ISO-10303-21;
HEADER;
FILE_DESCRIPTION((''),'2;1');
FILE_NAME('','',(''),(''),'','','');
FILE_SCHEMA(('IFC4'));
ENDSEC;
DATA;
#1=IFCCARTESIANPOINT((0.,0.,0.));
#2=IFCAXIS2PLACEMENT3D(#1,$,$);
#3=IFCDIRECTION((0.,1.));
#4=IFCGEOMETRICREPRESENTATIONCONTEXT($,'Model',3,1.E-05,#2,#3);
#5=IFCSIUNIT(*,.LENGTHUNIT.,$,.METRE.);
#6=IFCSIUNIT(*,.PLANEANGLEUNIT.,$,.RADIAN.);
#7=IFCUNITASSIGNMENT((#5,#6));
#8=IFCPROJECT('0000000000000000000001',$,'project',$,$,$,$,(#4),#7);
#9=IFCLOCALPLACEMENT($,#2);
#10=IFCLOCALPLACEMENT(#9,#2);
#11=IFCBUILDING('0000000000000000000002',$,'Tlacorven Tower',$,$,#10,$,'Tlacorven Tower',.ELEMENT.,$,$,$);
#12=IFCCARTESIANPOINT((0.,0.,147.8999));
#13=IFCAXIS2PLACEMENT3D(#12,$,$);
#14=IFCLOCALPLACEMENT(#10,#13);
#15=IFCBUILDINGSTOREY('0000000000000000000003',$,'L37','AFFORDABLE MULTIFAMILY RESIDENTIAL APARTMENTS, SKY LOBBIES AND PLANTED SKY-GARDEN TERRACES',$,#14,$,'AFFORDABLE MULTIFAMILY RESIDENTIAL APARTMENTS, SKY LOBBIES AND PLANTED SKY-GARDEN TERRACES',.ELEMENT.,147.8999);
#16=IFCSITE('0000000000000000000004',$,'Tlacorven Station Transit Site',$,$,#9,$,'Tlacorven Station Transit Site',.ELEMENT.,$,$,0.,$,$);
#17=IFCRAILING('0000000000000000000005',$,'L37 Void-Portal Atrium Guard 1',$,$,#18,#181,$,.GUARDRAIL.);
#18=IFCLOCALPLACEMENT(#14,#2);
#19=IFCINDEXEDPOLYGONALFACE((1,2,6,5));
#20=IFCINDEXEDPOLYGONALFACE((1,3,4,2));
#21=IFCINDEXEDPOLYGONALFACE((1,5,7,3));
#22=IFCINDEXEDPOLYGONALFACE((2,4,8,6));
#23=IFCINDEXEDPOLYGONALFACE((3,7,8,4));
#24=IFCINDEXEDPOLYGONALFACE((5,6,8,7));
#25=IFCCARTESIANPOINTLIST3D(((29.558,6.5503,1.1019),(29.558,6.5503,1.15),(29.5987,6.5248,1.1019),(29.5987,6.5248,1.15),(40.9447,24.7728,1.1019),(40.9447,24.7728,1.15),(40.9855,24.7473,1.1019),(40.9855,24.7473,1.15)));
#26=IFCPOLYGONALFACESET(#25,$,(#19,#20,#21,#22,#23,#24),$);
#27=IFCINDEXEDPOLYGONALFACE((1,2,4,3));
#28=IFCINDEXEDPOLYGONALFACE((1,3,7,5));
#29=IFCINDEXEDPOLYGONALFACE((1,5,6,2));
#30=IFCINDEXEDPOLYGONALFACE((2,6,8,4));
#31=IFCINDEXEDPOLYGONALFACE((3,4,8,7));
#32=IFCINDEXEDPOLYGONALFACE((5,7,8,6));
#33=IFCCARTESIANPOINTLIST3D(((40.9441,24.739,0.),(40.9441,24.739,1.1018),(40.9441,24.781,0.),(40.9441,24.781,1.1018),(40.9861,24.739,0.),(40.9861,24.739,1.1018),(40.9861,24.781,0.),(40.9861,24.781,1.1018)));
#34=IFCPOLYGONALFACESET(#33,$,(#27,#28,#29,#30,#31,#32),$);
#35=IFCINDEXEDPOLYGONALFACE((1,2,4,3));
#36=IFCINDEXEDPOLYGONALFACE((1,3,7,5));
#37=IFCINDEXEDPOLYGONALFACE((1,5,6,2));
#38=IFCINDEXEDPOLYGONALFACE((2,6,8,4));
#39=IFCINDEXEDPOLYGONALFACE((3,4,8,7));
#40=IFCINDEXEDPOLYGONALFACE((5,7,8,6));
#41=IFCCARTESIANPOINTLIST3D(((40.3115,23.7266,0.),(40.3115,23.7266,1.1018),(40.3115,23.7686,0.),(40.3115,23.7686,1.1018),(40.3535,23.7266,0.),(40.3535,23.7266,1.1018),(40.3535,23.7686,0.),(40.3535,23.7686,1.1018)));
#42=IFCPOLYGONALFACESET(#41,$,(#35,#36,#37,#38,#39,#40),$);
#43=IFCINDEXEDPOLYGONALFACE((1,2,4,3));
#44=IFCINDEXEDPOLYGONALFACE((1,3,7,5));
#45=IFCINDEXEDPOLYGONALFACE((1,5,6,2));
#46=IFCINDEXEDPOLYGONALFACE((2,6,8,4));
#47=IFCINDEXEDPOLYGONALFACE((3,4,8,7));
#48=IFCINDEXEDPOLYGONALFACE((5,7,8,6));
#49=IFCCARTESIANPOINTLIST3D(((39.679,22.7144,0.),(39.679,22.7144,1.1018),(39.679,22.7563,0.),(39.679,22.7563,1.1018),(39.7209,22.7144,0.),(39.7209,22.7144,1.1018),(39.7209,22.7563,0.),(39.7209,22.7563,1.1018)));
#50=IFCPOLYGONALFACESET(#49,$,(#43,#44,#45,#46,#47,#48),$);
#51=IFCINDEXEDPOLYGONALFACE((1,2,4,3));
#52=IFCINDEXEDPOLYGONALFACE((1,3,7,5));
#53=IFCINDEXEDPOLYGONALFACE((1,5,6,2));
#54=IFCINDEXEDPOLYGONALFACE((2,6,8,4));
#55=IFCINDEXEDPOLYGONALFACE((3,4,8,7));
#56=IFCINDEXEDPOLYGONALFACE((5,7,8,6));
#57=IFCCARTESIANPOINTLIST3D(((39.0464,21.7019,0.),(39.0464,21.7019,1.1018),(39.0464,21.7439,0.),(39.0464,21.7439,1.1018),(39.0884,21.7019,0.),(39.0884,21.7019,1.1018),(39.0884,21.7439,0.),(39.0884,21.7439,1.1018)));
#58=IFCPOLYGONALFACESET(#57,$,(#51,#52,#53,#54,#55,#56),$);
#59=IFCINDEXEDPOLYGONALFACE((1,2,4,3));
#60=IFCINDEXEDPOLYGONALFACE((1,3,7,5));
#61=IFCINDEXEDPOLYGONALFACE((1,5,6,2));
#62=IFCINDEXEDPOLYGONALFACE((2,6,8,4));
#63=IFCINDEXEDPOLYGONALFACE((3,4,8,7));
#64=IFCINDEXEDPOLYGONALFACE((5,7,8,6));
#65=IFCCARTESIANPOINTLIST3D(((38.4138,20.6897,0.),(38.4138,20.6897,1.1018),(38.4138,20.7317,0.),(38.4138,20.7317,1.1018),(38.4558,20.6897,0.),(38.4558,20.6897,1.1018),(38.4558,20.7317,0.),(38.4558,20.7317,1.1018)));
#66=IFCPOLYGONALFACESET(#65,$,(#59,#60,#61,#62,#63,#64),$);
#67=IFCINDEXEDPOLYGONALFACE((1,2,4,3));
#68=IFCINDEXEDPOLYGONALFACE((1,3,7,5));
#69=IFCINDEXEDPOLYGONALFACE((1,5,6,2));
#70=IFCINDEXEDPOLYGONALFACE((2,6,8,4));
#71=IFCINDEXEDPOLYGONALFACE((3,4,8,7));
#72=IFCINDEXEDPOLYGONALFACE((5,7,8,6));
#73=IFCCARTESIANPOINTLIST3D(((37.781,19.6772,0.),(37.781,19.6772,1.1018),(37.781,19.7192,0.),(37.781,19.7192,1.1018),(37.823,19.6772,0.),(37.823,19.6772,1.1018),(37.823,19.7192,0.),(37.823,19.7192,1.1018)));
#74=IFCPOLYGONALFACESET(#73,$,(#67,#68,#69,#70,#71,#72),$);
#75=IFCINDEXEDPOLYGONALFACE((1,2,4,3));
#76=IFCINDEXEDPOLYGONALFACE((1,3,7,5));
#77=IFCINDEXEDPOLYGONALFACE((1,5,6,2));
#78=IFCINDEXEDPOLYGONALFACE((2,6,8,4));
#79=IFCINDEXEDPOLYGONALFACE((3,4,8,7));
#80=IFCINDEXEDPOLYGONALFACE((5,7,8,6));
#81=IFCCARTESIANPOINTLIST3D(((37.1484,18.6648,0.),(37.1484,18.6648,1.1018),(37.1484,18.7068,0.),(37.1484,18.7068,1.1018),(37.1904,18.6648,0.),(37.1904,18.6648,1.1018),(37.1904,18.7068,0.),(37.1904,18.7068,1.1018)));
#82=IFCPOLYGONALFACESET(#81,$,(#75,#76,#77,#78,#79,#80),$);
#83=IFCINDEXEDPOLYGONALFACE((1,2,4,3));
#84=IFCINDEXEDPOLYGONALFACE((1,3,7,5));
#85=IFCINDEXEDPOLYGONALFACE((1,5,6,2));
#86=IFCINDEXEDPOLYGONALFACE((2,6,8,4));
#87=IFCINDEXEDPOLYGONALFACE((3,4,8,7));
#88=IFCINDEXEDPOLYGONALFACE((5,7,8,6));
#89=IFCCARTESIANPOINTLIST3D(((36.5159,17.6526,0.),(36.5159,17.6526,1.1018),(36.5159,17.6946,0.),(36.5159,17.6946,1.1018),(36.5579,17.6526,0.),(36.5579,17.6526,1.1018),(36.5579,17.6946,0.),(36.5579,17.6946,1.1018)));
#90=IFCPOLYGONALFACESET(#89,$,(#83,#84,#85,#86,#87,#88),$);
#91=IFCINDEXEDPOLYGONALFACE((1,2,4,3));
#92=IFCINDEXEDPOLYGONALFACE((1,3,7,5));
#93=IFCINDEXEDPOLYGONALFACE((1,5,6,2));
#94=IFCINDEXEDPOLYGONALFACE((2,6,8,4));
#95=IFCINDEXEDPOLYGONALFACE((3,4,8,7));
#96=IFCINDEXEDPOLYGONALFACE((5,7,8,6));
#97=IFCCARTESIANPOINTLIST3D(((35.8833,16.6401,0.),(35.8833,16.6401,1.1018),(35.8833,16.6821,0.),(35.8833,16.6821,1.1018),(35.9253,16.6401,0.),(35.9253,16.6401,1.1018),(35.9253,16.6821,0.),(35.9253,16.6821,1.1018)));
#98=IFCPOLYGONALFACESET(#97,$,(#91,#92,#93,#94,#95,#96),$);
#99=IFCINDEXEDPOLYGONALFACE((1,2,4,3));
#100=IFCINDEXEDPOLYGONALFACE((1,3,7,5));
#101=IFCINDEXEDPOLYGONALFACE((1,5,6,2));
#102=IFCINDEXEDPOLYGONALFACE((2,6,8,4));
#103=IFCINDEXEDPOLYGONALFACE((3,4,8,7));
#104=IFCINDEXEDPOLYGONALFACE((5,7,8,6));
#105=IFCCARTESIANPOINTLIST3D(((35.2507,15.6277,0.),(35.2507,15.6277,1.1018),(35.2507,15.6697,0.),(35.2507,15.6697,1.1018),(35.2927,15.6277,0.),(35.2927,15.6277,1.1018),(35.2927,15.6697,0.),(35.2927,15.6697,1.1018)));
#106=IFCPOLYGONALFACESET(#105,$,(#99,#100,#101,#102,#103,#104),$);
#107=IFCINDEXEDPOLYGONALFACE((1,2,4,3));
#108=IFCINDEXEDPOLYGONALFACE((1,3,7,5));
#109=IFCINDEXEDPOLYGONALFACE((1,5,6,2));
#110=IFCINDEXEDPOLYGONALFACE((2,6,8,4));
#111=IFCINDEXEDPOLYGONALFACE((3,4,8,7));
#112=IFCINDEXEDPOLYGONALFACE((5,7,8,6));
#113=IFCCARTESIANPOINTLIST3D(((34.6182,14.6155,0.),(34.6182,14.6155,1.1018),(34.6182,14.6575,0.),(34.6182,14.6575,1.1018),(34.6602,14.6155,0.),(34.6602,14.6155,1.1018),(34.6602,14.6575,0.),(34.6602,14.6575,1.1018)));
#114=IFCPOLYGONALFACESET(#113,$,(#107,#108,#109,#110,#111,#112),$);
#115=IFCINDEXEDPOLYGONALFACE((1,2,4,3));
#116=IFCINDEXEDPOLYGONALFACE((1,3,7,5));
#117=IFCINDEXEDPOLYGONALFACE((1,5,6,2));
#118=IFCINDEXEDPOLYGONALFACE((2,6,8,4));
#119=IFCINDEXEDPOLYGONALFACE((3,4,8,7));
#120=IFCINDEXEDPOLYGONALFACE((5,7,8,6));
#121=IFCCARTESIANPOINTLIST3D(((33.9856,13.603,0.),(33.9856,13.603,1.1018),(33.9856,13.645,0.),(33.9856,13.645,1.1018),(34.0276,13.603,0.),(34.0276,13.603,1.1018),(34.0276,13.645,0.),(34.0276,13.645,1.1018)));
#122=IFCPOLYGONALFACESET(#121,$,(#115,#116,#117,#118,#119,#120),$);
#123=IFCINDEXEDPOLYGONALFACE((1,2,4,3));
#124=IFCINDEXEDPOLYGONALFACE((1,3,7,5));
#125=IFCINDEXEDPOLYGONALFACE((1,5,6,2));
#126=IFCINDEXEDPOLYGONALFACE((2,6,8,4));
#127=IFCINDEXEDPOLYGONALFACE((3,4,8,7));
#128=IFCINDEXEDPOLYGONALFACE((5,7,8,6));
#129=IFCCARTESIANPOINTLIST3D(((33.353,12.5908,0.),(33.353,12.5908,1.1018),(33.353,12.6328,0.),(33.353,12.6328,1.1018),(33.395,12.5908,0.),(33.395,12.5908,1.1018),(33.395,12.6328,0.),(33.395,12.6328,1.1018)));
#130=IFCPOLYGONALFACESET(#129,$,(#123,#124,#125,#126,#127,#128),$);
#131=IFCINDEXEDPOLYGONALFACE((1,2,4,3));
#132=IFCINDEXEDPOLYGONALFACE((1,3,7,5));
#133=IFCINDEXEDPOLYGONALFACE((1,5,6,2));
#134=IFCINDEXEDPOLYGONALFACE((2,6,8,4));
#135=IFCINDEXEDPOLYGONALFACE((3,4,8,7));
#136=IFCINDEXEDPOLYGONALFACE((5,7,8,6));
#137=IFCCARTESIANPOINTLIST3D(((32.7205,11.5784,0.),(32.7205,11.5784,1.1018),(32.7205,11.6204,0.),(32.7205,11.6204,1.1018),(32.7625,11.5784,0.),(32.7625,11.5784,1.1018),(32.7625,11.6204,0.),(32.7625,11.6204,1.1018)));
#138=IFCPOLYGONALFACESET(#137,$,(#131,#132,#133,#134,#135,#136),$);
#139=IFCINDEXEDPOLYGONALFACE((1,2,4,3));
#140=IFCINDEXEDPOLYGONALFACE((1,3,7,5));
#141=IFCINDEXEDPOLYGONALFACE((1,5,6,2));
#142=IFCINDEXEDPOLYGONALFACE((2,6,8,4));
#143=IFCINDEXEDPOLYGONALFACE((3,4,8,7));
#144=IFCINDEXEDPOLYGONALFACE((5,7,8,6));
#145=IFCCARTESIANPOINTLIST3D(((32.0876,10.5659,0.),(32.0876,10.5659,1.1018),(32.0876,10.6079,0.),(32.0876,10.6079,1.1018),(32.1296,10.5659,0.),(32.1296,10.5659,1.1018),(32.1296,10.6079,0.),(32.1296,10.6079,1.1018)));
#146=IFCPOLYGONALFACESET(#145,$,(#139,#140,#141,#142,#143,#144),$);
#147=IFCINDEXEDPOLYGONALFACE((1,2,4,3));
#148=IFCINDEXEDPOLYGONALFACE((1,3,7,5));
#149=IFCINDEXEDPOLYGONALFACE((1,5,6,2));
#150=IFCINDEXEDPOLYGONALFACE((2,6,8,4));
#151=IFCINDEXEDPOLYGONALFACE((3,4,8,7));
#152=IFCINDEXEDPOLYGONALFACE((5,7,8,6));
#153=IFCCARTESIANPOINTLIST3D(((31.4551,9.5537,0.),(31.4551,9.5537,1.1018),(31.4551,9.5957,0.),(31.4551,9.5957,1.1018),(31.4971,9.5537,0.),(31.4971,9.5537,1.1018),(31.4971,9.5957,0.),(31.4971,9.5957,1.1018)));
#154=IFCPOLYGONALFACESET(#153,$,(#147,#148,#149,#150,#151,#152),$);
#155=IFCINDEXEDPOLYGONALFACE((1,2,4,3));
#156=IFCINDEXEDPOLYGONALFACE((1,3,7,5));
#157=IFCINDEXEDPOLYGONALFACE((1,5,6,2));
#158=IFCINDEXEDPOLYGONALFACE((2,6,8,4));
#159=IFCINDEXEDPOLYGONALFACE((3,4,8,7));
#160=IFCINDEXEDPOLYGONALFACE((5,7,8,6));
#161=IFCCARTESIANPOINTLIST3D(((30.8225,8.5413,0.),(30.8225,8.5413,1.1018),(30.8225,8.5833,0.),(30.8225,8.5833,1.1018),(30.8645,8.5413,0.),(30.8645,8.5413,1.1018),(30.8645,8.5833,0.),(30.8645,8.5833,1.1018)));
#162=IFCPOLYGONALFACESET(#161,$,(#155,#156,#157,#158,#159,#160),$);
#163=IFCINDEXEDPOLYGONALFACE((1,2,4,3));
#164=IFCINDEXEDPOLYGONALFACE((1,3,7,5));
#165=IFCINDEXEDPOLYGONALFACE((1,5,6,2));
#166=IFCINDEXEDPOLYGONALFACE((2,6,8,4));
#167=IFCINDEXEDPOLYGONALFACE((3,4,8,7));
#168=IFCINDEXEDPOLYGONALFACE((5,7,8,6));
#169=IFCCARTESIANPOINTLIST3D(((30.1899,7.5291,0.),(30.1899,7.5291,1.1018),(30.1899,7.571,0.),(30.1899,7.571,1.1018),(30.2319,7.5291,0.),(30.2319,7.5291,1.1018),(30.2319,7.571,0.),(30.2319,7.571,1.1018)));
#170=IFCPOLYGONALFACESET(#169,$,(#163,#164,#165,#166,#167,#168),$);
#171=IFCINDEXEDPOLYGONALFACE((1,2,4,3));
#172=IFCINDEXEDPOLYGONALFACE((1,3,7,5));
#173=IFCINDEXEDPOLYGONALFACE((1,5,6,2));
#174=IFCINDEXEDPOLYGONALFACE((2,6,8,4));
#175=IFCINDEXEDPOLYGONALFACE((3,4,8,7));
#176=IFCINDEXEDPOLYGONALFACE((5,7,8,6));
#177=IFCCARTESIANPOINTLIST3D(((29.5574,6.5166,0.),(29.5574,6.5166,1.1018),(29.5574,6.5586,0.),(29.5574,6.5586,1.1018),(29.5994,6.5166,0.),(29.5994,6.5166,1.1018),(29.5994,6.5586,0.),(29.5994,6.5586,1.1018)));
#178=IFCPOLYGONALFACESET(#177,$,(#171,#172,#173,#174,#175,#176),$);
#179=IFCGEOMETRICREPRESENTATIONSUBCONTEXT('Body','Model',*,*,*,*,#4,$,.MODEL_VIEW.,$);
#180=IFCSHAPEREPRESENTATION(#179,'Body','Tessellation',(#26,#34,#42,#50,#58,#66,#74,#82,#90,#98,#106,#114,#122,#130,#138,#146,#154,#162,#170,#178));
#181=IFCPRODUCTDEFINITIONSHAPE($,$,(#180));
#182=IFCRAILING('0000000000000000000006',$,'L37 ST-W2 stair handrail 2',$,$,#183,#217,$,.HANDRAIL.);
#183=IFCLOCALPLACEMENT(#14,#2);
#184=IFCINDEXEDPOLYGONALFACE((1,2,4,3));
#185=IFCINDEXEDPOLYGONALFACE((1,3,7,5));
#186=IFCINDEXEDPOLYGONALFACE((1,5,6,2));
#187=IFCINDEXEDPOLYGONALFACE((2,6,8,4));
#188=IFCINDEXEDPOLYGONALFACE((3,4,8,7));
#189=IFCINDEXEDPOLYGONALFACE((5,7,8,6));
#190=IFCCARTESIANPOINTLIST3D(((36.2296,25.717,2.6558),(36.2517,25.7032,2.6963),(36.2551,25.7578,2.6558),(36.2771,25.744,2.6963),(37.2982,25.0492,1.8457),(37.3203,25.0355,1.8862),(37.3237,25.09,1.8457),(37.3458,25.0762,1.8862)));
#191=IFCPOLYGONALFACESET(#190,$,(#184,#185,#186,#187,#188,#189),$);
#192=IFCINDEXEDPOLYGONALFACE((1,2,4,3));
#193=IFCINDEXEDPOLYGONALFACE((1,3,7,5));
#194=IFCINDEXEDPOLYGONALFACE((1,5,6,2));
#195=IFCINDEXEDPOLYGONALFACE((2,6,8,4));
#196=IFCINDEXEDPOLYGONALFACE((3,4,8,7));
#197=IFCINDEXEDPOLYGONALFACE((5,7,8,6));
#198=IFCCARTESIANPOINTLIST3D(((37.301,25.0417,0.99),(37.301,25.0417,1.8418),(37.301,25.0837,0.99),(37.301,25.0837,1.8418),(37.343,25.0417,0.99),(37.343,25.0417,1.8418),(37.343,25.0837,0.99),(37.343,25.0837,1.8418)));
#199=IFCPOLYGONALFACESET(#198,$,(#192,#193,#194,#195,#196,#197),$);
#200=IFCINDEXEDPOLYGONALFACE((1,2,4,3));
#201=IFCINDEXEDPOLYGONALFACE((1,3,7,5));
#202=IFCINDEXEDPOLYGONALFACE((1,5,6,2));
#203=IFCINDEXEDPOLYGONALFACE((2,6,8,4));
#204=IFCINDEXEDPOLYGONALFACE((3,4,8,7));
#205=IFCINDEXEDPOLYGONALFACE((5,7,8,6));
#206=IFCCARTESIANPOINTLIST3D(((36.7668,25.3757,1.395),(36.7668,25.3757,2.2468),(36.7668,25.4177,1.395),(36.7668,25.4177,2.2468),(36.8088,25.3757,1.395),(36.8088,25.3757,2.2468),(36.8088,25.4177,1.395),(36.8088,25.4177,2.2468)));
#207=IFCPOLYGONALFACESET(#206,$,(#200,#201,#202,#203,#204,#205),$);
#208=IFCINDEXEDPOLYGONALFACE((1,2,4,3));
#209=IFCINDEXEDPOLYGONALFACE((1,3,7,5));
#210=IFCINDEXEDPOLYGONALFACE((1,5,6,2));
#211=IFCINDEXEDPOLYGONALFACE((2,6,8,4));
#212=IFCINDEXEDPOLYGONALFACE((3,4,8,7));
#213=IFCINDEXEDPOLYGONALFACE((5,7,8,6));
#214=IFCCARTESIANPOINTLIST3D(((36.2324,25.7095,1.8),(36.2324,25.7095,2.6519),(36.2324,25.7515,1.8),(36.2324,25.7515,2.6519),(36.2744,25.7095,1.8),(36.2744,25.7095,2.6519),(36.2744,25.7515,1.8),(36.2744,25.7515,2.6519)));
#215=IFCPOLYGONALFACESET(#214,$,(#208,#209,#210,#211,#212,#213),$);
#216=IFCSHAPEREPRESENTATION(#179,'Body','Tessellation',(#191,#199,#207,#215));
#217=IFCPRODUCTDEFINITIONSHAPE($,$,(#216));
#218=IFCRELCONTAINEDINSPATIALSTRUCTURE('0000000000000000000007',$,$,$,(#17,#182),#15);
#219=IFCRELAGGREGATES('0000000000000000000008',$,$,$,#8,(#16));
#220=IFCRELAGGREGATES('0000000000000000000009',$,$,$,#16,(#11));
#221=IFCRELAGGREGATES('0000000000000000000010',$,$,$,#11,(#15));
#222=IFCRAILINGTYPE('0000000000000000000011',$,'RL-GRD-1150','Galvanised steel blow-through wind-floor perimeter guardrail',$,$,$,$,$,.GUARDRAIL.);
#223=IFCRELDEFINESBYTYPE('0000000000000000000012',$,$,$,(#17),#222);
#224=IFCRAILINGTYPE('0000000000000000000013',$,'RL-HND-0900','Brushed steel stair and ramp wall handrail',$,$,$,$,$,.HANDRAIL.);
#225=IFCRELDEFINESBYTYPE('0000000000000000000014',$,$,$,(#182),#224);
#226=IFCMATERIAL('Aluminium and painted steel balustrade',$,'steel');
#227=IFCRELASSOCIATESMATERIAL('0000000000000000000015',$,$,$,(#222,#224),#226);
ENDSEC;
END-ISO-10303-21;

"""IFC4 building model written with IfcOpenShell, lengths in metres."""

from ifc_helpers import new_model, si_unit, direction, frame, origin, origin_2d, place, context, subcontext, project, spatial, rectangle, extrude, source, transform, mapped, material, type_object, element, save


model = new_model("IFC4")

# Units and contexts
model_context = context("Model", 3, precision=1e-05, world=origin(), true_north=direction((0.0, 1.0)))
body_context = subcontext(model_context, "Body", "Model", "MODEL_VIEW")
ifc_project = project(units=[si_unit("LENGTHUNIT", "METRE"), si_unit("PLANEANGLEUNIT", "RADIAN")], contexts=[model_context])

# Site, building, storey
site_placement = place(None, origin())
site = spatial("IfcSite", under=ifc_project, at=site_placement, Name="Tlacorven Station Transit Site", LongName="Tlacorven Station Transit Site", CompositionType="ELEMENT", RefElevation=0.0)
building_placement = place(site_placement, origin())
building = spatial("IfcBuilding", under=site, at=building_placement, Name="Tlacorven Tower", LongName="Tlacorven Tower", CompositionType="ELEMENT")
storey_placement = place(building_placement, frame((0.0, 0.0, 147.8999)))
storey = spatial("IfcBuildingStorey", under=building, at=storey_placement, Name="L37", Description="AFFORDABLE MULTIFAMILY RESIDENTIAL APARTMENTS, SKY LOBBIES AND PLANTED SKY-GARDEN TERRACES", LongName="AFFORDABLE MULTIFAMILY RESIDENTIAL APARTMENTS, SKY LOBBIES AND PLANTED SKY-GARDEN TERRACES", CompositionType="ELEMENT", Elevation=147.8999)

# Railings
ifc_material_1 = material(Name="Aluminium and painted steel balustrade", Category="steel")
railing_type_1 = type_object("IfcRailingType", Name="RL-GRD-1150", Description="Galvanised steel blow-through wind-floor perimeter guardrail", PredefinedType="GUARDRAIL", material=ifc_material_1)
shared_shape_1 = source(origin(), body_context, "Body", "SweptSolid", [
    extrude(rectangle(XDim=0.0481, YDim=0.0481, at=origin_2d()), frame((0.0, 0.0, 1.126), z_axis=(-0.529922, -0.848046, 0.0), x_axis=(0.848046, -0.529922, 0.0)), (0.0, 0.0, 1.0), 21.4875),
    extrude(rectangle(XDim=0.042, YDim=0.042, at=origin_2d()), origin(), (0.0, 0.0, 1.0), 1.1018),
    extrude(rectangle(XDim=0.042, YDim=0.042, at=origin_2d()), frame((-0.6326, -1.0125, 0.0)), (0.0, 0.0, 1.0), 1.1018),
    extrude(rectangle(XDim=0.042, YDim=0.042, at=origin_2d()), frame((-1.2651, -2.0247, 0.0)), (0.0, 0.0, 1.0), 1.1018),
    extrude(rectangle(XDim=0.042, YDim=0.042, at=origin_2d()), frame((-1.8977, -3.0371, 0.0)), (0.0, 0.0, 1.0), 1.1018),
    extrude(rectangle(XDim=0.042, YDim=0.042, at=origin_2d()), frame((-2.5303, -4.0493, 0.0)), (0.0, 0.0, 1.0), 1.1018),
    extrude(rectangle(XDim=0.042, YDim=0.042, at=origin_2d()), frame((-3.1631, -5.0618, 0.0)), (0.0, 0.0, 1.0), 1.1018),
    extrude(rectangle(XDim=0.042, YDim=0.042, at=origin_2d()), frame((-3.7957, -6.0742, 0.0)), (0.0, 0.0, 1.0), 1.1018),
    extrude(rectangle(XDim=0.042, YDim=0.042, at=origin_2d()), frame((-4.4282, -7.0864, 0.0)), (0.0, 0.0, 1.0), 1.1018),
    extrude(rectangle(XDim=0.042, YDim=0.042, at=origin_2d()), frame((-5.0608, -8.0989, 0.0)), (0.0, 0.0, 1.0), 1.1018),
    extrude(rectangle(XDim=0.042, YDim=0.042, at=origin_2d()), frame((-5.6934, -9.1113, 0.0)), (0.0, 0.0, 1.0), 1.1018),
    extrude(rectangle(XDim=0.042, YDim=0.042, at=origin_2d()), frame((-6.3259, -10.1235, 0.0)), (0.0, 0.0, 1.0), 1.1018),
    extrude(rectangle(XDim=0.042, YDim=0.042, at=origin_2d()), frame((-6.9585, -11.136, 0.0)), (0.0, 0.0, 1.0), 1.1018),
    extrude(rectangle(XDim=0.042, YDim=0.042, at=origin_2d()), frame((-7.5911, -12.1482, 0.0)), (0.0, 0.0, 1.0), 1.1018),
    extrude(rectangle(XDim=0.042, YDim=0.042, at=origin_2d()), frame((-8.2236, -13.1606, 0.0)), (0.0, 0.0, 1.0), 1.1018),
    extrude(rectangle(XDim=0.042, YDim=0.042, at=origin_2d()), frame((-8.8564, -14.1731, 0.0)), (0.0, 0.0, 1.0), 1.1018),
    extrude(rectangle(XDim=0.042, YDim=0.042, at=origin_2d()), frame((-9.489, -15.1853, 0.0)), (0.0, 0.0, 1.0), 1.1018),
    extrude(rectangle(XDim=0.042, YDim=0.042, at=origin_2d()), frame((-10.1216, -16.1978, 0.0)), (0.0, 0.0, 1.0), 1.1018),
    extrude(rectangle(XDim=0.042, YDim=0.042, at=origin_2d()), frame((-10.7542, -17.21, 0.0)), (0.0, 0.0, 1.0), 1.1018),
    extrude(rectangle(XDim=0.042, YDim=0.042, at=origin_2d()), frame((-11.3867, -18.2224, 0.0)), (0.0, 0.0, 1.0), 1.1018),
])
railing_1_placement = place(storey_placement, frame((40.9651, 24.76, 0.0)))
element("IfcRailing", 1, at=railing_1_placement, inside=storey, type_object=railing_type_1, Name="L37 Void-Portal Atrium Guard 1", PredefinedType="GUARDRAIL", context=body_context, shape_type="MappedRepresentation", body=[
    mapped(shared_shape_1, transform((0.0, 0.0, 0.0), scale=1.0)),
])
railing_type_2 = type_object("IfcRailingType", Name="RL-HND-0900", Description="Brushed steel stair and ramp wall handrail", PredefinedType="HANDRAIL", material=ifc_material_1)
shared_shape_2 = source(origin(), body_context, "Body", "SweptSolid", [
    extrude(rectangle(XDim=0.0481, YDim=0.0481, at=origin_2d()), frame((0.0, 0.0, 0.876), z_axis=(-0.71336, 0.445748, 0.540765), x_axis=(-0.529912, -0.848053, 0.0)), (0.0, 0.0, 1.0), 1.498),
    extrude(rectangle(XDim=0.042, YDim=0.042, at=origin_2d()), origin(), (0.0, 0.0, 1.0), 0.8518),
    extrude(rectangle(XDim=0.042, YDim=0.042, at=origin_2d()), frame((-0.5342, 0.334, 0.405)), (0.0, 0.0, 1.0), 0.8518),
    extrude(rectangle(XDim=0.042, YDim=0.042, at=origin_2d()), frame((-1.0686, 0.6677, 0.8101)), (0.0, 0.0, 1.0), 0.8518),
])
railing_2_placement = place(storey_placement, frame((37.322, 25.0627, 0.99)))
element("IfcRailing", 2, at=railing_2_placement, inside=storey, type_object=railing_type_2, Name="L37 ST-W2 stair handrail 2", PredefinedType="HANDRAIL", context=body_context, shape_type="MappedRepresentation", body=[
    mapped(shared_shape_2, transform((0.0, 0.0, 0.0), scale=1.0)),
])

save(model, "model.ifc")
